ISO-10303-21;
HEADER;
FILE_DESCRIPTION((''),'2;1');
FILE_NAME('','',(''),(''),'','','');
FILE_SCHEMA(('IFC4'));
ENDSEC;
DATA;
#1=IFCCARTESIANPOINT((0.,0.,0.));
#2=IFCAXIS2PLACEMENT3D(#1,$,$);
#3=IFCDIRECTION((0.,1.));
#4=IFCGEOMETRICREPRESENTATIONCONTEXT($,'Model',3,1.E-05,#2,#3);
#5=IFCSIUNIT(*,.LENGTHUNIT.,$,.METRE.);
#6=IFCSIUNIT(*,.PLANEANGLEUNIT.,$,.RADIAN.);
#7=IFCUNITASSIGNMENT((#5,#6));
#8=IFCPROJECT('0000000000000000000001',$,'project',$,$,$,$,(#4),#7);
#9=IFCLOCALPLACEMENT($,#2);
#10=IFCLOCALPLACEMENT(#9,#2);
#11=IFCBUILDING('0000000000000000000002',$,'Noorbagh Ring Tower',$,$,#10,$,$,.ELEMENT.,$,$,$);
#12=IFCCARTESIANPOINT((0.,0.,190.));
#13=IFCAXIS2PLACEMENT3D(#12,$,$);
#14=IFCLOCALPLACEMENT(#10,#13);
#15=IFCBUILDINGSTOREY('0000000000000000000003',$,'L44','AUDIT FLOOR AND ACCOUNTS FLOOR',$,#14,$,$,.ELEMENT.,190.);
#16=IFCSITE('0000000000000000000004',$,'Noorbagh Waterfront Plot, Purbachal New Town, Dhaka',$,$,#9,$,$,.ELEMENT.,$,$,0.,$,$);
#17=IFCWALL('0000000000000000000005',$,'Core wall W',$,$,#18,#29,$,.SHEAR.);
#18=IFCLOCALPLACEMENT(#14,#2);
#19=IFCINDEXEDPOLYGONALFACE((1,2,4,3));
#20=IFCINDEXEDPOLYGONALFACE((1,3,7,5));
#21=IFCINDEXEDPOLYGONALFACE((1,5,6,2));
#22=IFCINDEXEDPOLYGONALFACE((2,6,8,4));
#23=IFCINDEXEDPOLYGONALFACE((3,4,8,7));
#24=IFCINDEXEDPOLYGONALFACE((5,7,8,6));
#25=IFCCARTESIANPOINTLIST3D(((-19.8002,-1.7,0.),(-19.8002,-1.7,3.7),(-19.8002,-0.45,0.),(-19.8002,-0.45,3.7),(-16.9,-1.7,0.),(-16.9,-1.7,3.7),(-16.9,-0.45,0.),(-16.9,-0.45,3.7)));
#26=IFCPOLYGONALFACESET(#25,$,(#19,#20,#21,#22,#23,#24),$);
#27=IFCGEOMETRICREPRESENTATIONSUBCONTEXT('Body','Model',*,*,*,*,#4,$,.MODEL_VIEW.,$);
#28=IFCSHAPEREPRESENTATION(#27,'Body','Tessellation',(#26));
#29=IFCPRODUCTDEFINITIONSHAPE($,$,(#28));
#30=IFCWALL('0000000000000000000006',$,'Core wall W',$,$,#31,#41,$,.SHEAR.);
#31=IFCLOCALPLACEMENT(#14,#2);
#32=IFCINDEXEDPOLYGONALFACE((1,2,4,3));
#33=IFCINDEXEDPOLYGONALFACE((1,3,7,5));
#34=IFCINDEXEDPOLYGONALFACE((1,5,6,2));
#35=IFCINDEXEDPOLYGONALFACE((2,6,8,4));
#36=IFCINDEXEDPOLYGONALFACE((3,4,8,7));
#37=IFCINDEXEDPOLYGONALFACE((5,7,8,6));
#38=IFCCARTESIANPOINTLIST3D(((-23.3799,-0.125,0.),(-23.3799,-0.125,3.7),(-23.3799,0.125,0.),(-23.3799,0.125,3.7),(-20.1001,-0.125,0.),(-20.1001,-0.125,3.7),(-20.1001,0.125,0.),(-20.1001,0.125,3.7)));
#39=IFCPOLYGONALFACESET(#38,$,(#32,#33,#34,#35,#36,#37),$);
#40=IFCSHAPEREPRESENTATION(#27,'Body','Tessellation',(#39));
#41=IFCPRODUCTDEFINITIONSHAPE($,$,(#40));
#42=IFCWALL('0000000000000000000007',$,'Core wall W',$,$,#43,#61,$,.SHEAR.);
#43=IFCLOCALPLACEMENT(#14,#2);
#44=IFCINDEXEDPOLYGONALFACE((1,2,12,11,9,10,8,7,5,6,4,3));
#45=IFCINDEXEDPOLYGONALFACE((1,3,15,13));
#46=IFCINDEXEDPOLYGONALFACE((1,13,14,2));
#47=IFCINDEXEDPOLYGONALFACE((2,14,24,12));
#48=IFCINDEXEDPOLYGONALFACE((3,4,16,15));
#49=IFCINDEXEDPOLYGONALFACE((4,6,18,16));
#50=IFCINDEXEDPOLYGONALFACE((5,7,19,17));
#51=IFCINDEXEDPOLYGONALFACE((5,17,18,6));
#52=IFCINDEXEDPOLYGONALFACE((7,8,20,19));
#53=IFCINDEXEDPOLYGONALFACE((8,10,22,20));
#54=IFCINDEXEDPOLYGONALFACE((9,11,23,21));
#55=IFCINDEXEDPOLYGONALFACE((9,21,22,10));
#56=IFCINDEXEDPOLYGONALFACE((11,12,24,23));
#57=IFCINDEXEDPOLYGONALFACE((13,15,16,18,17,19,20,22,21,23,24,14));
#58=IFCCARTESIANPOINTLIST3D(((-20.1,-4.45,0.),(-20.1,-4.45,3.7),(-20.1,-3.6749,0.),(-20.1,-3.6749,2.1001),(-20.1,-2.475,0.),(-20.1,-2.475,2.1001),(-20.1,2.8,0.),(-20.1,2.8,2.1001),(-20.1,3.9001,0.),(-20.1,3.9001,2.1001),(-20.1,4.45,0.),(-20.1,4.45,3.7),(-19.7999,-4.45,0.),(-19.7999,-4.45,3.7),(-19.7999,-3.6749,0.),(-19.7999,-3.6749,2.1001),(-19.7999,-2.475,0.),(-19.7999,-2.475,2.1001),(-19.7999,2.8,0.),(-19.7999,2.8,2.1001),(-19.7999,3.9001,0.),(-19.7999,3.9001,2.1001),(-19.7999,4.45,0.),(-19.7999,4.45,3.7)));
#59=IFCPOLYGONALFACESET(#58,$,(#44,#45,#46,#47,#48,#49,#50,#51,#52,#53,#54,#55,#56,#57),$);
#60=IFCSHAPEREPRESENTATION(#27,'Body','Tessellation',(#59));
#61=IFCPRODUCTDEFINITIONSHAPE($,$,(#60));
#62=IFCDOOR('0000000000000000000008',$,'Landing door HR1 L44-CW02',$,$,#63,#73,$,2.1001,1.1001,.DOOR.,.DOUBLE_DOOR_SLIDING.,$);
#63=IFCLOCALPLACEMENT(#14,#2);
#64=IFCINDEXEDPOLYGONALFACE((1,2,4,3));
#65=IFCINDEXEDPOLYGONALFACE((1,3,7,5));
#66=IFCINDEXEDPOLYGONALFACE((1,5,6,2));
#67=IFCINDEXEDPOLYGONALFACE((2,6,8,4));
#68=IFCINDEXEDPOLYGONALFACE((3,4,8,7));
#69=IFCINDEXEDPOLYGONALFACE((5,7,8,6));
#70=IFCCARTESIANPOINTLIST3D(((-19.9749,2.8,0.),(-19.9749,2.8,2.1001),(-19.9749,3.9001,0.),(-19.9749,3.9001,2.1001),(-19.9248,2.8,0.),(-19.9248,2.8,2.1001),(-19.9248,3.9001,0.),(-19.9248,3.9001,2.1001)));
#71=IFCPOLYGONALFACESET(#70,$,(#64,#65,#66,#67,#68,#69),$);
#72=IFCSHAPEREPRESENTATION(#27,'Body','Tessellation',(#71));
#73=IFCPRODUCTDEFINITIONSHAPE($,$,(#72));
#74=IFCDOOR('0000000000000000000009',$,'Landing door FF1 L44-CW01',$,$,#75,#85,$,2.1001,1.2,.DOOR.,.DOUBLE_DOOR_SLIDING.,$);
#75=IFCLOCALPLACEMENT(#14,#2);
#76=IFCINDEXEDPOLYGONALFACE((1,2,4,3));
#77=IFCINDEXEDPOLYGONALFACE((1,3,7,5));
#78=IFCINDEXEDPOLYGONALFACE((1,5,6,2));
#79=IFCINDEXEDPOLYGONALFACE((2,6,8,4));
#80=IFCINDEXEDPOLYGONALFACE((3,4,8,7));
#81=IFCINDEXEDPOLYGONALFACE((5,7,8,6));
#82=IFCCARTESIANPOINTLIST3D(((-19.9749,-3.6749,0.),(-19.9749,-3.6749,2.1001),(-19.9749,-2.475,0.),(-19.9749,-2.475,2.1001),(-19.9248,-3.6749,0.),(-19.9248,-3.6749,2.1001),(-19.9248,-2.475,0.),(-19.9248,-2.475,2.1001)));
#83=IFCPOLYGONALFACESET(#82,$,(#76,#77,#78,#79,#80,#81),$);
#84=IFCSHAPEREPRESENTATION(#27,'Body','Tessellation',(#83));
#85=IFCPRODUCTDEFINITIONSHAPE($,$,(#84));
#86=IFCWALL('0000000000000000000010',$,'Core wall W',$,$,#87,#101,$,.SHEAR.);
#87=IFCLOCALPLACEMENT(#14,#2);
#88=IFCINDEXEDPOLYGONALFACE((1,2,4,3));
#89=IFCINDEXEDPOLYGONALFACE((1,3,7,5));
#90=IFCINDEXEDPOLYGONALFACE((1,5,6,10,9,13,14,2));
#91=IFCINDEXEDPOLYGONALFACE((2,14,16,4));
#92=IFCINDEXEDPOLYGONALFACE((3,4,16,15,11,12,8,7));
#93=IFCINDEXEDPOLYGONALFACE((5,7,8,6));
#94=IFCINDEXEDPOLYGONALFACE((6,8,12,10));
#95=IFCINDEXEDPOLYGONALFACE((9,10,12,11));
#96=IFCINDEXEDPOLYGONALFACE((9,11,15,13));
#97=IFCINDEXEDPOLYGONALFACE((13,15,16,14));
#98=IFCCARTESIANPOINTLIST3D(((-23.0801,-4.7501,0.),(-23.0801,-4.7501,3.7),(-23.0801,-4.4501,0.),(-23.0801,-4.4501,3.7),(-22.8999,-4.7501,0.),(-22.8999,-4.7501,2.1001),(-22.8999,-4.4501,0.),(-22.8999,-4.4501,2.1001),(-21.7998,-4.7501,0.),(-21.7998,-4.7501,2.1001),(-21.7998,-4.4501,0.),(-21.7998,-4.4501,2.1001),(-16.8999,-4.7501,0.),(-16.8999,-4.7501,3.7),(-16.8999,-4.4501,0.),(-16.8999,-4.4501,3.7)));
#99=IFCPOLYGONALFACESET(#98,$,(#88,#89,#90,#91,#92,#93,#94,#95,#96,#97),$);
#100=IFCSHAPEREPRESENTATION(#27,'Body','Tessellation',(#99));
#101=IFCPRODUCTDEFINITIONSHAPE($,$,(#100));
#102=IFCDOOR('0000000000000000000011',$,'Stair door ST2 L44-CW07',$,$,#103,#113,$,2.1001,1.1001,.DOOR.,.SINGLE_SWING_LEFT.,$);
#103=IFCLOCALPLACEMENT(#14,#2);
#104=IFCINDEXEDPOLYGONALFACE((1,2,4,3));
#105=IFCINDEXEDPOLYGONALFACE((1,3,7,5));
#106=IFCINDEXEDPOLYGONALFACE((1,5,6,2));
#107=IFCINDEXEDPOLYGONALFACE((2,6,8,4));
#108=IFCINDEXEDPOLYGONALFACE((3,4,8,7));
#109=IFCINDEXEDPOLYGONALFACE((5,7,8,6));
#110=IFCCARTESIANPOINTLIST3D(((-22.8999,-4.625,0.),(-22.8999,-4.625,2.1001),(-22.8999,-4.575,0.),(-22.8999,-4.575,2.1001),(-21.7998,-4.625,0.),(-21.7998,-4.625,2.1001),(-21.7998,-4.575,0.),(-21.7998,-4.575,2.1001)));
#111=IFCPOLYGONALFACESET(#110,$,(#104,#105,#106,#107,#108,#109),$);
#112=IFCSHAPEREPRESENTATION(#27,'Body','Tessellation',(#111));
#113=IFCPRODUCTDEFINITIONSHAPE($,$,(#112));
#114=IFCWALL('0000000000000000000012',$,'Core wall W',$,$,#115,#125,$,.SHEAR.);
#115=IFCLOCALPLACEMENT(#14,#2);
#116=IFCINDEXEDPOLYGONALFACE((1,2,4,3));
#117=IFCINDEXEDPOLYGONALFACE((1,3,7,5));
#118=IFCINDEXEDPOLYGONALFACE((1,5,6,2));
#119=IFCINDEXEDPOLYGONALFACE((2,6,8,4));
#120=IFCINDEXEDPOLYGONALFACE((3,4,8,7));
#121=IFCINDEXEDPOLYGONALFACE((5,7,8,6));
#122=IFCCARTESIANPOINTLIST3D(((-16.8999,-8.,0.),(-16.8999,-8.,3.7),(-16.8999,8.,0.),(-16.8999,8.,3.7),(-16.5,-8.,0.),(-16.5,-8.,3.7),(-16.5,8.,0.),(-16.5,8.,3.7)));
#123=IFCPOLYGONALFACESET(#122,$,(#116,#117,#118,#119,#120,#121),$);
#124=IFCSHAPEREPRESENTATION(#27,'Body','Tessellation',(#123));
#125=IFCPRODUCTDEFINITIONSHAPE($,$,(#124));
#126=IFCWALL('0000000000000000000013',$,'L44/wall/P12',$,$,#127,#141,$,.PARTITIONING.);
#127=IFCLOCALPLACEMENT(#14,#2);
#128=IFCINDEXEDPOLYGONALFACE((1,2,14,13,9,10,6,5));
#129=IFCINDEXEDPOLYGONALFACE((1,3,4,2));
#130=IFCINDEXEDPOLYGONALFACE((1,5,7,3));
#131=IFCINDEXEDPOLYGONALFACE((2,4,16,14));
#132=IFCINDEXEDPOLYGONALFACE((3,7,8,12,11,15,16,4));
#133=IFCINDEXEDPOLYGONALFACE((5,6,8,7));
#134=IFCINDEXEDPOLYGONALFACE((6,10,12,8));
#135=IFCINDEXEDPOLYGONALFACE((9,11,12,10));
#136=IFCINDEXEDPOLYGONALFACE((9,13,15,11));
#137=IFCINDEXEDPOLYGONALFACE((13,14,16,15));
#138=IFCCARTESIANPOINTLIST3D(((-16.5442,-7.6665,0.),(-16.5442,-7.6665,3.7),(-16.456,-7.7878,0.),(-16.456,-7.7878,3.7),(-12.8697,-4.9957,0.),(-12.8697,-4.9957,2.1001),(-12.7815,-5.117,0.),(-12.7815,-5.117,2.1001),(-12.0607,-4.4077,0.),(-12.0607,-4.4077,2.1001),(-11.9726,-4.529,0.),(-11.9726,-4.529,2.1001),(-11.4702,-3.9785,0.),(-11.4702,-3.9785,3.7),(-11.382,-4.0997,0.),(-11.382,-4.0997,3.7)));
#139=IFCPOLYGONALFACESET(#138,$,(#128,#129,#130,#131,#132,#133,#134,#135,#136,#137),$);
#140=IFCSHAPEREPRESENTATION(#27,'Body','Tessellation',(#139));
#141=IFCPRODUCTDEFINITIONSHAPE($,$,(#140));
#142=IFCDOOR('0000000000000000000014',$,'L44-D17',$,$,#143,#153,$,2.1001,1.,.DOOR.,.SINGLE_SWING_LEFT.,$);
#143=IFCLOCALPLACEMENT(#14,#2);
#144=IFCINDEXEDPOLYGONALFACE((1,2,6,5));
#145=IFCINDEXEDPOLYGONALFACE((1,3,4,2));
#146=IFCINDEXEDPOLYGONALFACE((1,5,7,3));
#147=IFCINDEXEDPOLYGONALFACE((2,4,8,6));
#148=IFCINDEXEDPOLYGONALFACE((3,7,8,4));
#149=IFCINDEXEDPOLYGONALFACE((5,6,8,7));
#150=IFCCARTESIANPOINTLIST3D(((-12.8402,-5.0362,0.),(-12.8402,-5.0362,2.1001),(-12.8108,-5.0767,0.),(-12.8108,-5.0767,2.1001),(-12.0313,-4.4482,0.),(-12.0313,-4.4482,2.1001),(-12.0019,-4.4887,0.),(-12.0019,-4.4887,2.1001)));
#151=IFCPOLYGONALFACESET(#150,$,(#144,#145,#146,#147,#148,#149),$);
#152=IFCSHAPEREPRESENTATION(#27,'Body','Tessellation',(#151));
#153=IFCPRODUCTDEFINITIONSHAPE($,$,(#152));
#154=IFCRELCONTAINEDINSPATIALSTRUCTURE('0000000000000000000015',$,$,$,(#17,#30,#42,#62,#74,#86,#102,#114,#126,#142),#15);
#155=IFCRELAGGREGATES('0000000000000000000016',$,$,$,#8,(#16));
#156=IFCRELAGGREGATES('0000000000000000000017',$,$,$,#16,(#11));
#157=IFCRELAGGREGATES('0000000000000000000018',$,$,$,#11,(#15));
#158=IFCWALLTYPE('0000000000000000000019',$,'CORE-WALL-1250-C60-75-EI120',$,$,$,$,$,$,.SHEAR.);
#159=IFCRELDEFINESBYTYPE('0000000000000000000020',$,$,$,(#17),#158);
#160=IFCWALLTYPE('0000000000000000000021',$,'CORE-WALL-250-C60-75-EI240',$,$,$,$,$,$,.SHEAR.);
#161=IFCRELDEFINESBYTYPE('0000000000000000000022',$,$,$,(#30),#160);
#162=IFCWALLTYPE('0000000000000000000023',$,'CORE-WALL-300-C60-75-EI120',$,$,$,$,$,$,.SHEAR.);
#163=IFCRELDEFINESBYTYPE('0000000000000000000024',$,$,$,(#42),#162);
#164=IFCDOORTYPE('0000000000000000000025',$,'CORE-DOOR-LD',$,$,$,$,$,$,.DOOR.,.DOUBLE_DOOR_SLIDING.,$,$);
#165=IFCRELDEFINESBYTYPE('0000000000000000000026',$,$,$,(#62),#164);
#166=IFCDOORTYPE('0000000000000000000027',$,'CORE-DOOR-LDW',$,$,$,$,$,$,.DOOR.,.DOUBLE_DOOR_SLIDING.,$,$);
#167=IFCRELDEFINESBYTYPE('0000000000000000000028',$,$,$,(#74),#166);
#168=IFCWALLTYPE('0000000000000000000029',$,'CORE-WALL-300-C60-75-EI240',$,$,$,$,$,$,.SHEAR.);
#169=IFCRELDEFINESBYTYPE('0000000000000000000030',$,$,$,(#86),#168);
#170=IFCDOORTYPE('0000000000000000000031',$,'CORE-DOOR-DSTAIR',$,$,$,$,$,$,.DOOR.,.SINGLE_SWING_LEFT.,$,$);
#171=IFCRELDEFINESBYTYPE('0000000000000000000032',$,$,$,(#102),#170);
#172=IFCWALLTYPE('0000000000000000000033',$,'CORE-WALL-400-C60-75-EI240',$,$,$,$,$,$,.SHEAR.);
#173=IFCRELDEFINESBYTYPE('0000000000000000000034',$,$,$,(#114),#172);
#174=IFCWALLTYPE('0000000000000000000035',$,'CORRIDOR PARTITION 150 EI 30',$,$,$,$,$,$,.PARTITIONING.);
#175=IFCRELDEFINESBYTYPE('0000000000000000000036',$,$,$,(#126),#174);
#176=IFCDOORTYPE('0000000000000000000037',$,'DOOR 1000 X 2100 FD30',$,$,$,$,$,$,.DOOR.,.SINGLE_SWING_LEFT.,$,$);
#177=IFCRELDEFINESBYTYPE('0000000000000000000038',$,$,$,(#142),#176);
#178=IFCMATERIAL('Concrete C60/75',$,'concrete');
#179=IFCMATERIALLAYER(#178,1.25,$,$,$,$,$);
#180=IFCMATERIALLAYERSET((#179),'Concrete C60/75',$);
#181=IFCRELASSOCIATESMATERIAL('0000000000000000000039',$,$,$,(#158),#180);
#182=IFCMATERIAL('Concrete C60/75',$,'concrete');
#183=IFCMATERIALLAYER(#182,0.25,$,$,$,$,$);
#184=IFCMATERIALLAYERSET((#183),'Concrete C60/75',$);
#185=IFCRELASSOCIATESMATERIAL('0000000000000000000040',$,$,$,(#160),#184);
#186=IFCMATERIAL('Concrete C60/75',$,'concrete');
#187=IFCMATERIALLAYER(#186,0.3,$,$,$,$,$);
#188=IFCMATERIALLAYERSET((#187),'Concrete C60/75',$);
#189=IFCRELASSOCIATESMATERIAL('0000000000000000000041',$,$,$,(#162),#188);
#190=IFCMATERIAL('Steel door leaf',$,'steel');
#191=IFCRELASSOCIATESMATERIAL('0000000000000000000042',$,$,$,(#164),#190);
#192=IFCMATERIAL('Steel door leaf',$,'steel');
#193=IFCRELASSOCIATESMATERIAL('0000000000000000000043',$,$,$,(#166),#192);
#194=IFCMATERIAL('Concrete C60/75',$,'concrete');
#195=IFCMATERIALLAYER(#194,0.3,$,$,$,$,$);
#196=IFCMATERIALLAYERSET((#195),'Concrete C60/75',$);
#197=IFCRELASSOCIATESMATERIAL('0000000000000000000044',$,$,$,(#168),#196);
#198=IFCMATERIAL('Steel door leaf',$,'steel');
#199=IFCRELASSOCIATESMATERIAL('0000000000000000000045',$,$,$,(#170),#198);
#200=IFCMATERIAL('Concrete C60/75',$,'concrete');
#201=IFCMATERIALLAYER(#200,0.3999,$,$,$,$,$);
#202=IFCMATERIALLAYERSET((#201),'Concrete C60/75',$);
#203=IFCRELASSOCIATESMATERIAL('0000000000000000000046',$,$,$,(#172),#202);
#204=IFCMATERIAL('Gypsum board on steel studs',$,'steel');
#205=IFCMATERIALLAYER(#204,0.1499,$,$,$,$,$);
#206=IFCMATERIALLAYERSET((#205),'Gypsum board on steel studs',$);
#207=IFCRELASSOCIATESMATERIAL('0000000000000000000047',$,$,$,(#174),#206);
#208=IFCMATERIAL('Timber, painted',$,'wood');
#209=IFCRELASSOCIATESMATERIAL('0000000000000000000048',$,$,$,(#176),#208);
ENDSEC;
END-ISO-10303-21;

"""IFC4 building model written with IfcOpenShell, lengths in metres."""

from ifc_helpers import new_model, si_unit, direction, frame, frame_2d, origin, place, context, subcontext, project, spatial, rectangle, extrude, material, layer, layer_set, type_object, element, fill, save


model = new_model("IFC4")

# Units and contexts
model_context = context("Model", 3, precision=1e-05, world=origin(), true_north=direction((0.0, 1.0)))
body_context = subcontext(model_context, "Body", "Model", "MODEL_VIEW")
ifc_project = project(units=[si_unit("LENGTHUNIT", "METRE"), si_unit("PLANEANGLEUNIT", "RADIAN")], contexts=[model_context])

# Site, building, storey
site_placement = place(None, origin())
site = spatial("IfcSite", under=ifc_project, at=site_placement, Name="Noorbagh Waterfront Plot, Purbachal New Town, Dhaka", CompositionType="ELEMENT", RefElevation=0.0)
building_placement = place(site_placement, origin())
building = spatial("IfcBuilding", under=site, at=building_placement, Name="Noorbagh Ring Tower", CompositionType="ELEMENT")
storey_placement = place(building_placement, frame((0.0, 0.0, 190.0)))
storey = spatial("IfcBuildingStorey", under=building, at=storey_placement, Name="L44", Description="AUDIT FLOOR AND ACCOUNTS FLOOR", CompositionType="ELEMENT", Elevation=190.0)

# Walls
ifc_material_1 = material(Name="Concrete C60/75", Category="concrete")
ifc_layer_1 = layer(ifc_material_1, 1.25)
ifc_layer_set_1 = layer_set([ifc_layer_1], Name="Concrete C60/75")
wall_type_1 = type_object("IfcWallType", Name="CORE-WALL-1250-C60-75-EI120", PredefinedType="SHEAR", material=ifc_layer_set_1)
wall_1_placement = place(storey_placement, frame((-16.8999, -1.075, 0.0), z_axis=(0.0, 0.0, 1.0), x_axis=(-1.0, 0.0, 0.0)))
element("IfcWall", 1, at=wall_1_placement, inside=storey, type_object=wall_type_1, Name="Core wall W", PredefinedType="SHEAR", context=body_context, shape_type="SweptSolid", body=[
    extrude(rectangle(XDim=2.9001, YDim=1.25, at=frame_2d((1.4502, 0.0))), origin(), (0.0, 0.0, 1.0), 3.7),
])
ifc_material_2 = material(Name="Concrete C60/75", Category="concrete")
ifc_layer_2 = layer(ifc_material_2, 0.25)
ifc_layer_set_2 = layer_set([ifc_layer_2], Name="Concrete C60/75")
wall_type_2 = type_object("IfcWallType", Name="CORE-WALL-250-C60-75-EI240", PredefinedType="SHEAR", material=ifc_layer_set_2)
wall_2_placement = place(storey_placement, frame((-20.1001, 0.0, 0.0), z_axis=(0.0, 0.0, 1.0), x_axis=(-1.0, 0.0, 0.0)))
element("IfcWall", 2, at=wall_2_placement, inside=storey, type_object=wall_type_2, Name="Core wall W", PredefinedType="SHEAR", context=body_context, shape_type="SweptSolid", body=[
    extrude(rectangle(XDim=3.2798, YDim=0.25, at=frame_2d((1.6399, 0.0))), origin(), (0.0, 0.0, 1.0), 3.7),
])

# Wall, openings, doors
ifc_material_3 = material(Name="Concrete C60/75", Category="concrete")
ifc_layer_3 = layer(ifc_material_3, 0.3)
ifc_layer_set_3 = layer_set([ifc_layer_3], Name="Concrete C60/75")
wall_type_3 = type_object("IfcWallType", Name="CORE-WALL-300-C60-75-EI120", PredefinedType="SHEAR", material=ifc_layer_set_3)
wall_3_placement = place(storey_placement, frame((-19.95, -4.45, 0.0), z_axis=(0.0, 0.0, 1.0), x_axis=(0.0, 1.0, 0.0)))
wall_3 = element("IfcWall", 3, at=wall_3_placement, inside=storey, type_object=wall_type_3, Name="Core wall W", PredefinedType="SHEAR", context=body_context, shape_type="SweptSolid", body=[
    extrude(rectangle(XDim=8.8999, YDim=0.3, at=frame_2d((4.45, 0.0))), origin(), (0.0, 0.0, 1.0), 3.7),
])
opening_1_placement = place(wall_3_placement, frame((0.7749, 0.0, 0.0)))
opening_1 = element("IfcOpeningElement", 4, at=opening_1_placement, cuts=wall_3, PredefinedType="OPENING", context=body_context, shape_type="SweptSolid", body=[
    extrude(rectangle(XDim=1.2, YDim=2.1001, at=frame_2d((0.6001, 1.05))), frame((0.0, 0.1602, 0.0), z_axis=(0.0, -1.0, 0.0), x_axis=(1.0, 0.0, 0.0)), (0.0, 0.0, 1.0), 0.3201),
])
opening_2_placement = place(wall_3_placement, frame((7.25, 0.0, 0.0)))
opening_2 = element("IfcOpeningElement", 5, at=opening_2_placement, cuts=wall_3, PredefinedType="OPENING", context=body_context, shape_type="SweptSolid", body=[
    extrude(rectangle(XDim=1.1001, YDim=2.1001, at=frame_2d((0.55, 1.05))), frame((0.0, 0.1602, 0.0), z_axis=(0.0, -1.0, 0.0), x_axis=(1.0, 0.0, 0.0)), (0.0, 0.0, 1.0), 0.3201),
])
ifc_material_4 = material(Name="Steel door leaf", Category="steel")
door_type_1 = type_object("IfcDoorType", Name="CORE-DOOR-LD", OperationType="DOUBLE_DOOR_SLIDING", PredefinedType="DOOR", material=ifc_material_4)
door_1_placement = place(opening_2_placement, origin())
door_1 = element("IfcDoor", 6, at=door_1_placement, inside=storey, type_object=door_type_1, Name="Landing door HR1 L44-CW02", OperationType="DOUBLE_DOOR_SLIDING", OverallHeight=2.1001, OverallWidth=1.1001, PredefinedType="DOOR", context=body_context, shape_type="SweptSolid", body=[
    extrude(rectangle(XDim=1.1001, YDim=2.1001, at=frame_2d((0.55, 1.05))), frame((0.0, 0.0249, 0.0), z_axis=(0.0, -1.0, 0.0), x_axis=(1.0, 0.0, 0.0)), (0.0, 0.0, 1.0), 0.05),
])
fill(opening_2, door_1)
ifc_material_5 = material(Name="Steel door leaf", Category="steel")
door_type_2 = type_object("IfcDoorType", Name="CORE-DOOR-LDW", OperationType="DOUBLE_DOOR_SLIDING", PredefinedType="DOOR", material=ifc_material_5)
door_2_placement = place(opening_1_placement, origin())
door_2 = element("IfcDoor", 7, at=door_2_placement, inside=storey, type_object=door_type_2, Name="Landing door FF1 L44-CW01", OperationType="DOUBLE_DOOR_SLIDING", OverallHeight=2.1001, OverallWidth=1.2, PredefinedType="DOOR", context=body_context, shape_type="SweptSolid", body=[
    extrude(rectangle(XDim=1.2, YDim=2.1001, at=frame_2d((0.6001, 1.05))), frame((0.0, 0.0249, 0.0), z_axis=(0.0, -1.0, 0.0), x_axis=(1.0, 0.0, 0.0)), (0.0, 0.0, 1.0), 0.05),
])
fill(opening_1, door_2)

# Wall, opening, door
ifc_material_6 = material(Name="Concrete C60/75", Category="concrete")
ifc_layer_4 = layer(ifc_material_6, 0.3)
ifc_layer_set_4 = layer_set([ifc_layer_4], Name="Concrete C60/75")
wall_type_4 = type_object("IfcWallType", Name="CORE-WALL-300-C60-75-EI240", PredefinedType="SHEAR", material=ifc_layer_set_4)
wall_4_placement = place(storey_placement, frame((-16.8999, -4.6001, 0.0), z_axis=(0.0, 0.0, 1.0), x_axis=(-1.0, 0.0, 0.0)))
wall_4 = element("IfcWall", 8, at=wall_4_placement, inside=storey, type_object=wall_type_4, Name="Core wall W", PredefinedType="SHEAR", context=body_context, shape_type="SweptSolid", body=[
    extrude(rectangle(XDim=6.1802, YDim=0.3, at=frame_2d((3.0901, 0.0))), origin(), (0.0, 0.0, 1.0), 3.7),
])
opening_3_placement = place(wall_4_placement, frame((4.8999, 0.0, 0.0)))
opening_3 = element("IfcOpeningElement", 9, at=opening_3_placement, cuts=wall_4, PredefinedType="OPENING", context=body_context, shape_type="SweptSolid", body=[
    extrude(rectangle(XDim=1.1001, YDim=2.1001, at=frame_2d((0.55, 1.05))), frame((0.0, 0.1602, 0.0), z_axis=(0.0, -1.0, 0.0), x_axis=(1.0, 0.0, 0.0)), (0.0, 0.0, 1.0), 0.3201),
])
ifc_material_7 = material(Name="Steel door leaf", Category="steel")
door_type_3 = type_object("IfcDoorType", Name="CORE-DOOR-DSTAIR", OperationType="SINGLE_SWING_LEFT", PredefinedType="DOOR", material=ifc_material_7)
door_3_placement = place(opening_3_placement, origin())
door_3 = element("IfcDoor", 10, at=door_3_placement, inside=storey, type_object=door_type_3, Name="Stair door ST2 L44-CW07", OperationType="SINGLE_SWING_LEFT", OverallHeight=2.1001, OverallWidth=1.1001, PredefinedType="DOOR", context=body_context, shape_type="SweptSolid", body=[
    extrude(rectangle(XDim=1.1001, YDim=2.1001, at=frame_2d((0.55, 1.05))), frame((0.0, 0.0249, 0.0), z_axis=(0.0, -1.0, 0.0), x_axis=(1.0, 0.0, 0.0)), (0.0, 0.0, 1.0), 0.05),
])
fill(opening_3, door_3)

# Wall
ifc_material_8 = material(Name="Concrete C60/75", Category="concrete")
ifc_layer_5 = layer(ifc_material_8, 0.3999)
ifc_layer_set_5 = layer_set([ifc_layer_5], Name="Concrete C60/75")
wall_type_5 = type_object("IfcWallType", Name="CORE-WALL-400-C60-75-EI240", PredefinedType="SHEAR", material=ifc_layer_set_5)
wall_5_placement = place(storey_placement, frame((-16.7, -8.0, 0.0), z_axis=(0.0, 0.0, 1.0), x_axis=(0.0, 1.0, 0.0)))
element("IfcWall", 11, at=wall_5_placement, inside=storey, type_object=wall_type_5, Name="Core wall W", PredefinedType="SHEAR", context=body_context, shape_type="SweptSolid", body=[
    extrude(rectangle(XDim=16.0, YDim=0.3999, at=frame_2d((8.0, 0.0))), origin(), (0.0, 0.0, 1.0), 3.7),
])

# Wall, opening, door
ifc_material_9 = material(Name="Gypsum board on steel studs", Category="steel")
ifc_layer_6 = layer(ifc_material_9, 0.1499)
ifc_layer_set_6 = layer_set([ifc_layer_6], Name="Gypsum board on steel studs")
wall_type_6 = type_object("IfcWallType", Name="CORRIDOR PARTITION 150 EI 30", PredefinedType="PARTITIONING", material=ifc_layer_set_6)
wall_6_placement = place(storey_placement, frame((-16.5, -7.7271, 0.0), z_axis=(0.0, 0.0, 1.0), x_axis=(0.808901, 0.587945, 0.0)))
wall_6 = element("IfcWall", 12, at=wall_6_placement, inside=storey, type_object=wall_type_6, Name="L44/wall/P12", PredefinedType="PARTITIONING", context=body_context, shape_type="SweptSolid", body=[
    extrude(rectangle(XDim=6.2727, YDim=0.1499, at=frame_2d((3.1362, 0.0))), origin(), (0.0, 0.0, 1.0), 3.7),
])
opening_4_placement = place(wall_6_placement, frame((4.5425, 0.0, 0.0)))
opening_4 = element("IfcOpeningElement", 13, at=opening_4_placement, cuts=wall_6, PredefinedType="OPENING", context=body_context, shape_type="SweptSolid", body=[
    extrude(rectangle(XDim=1.0, YDim=2.1001, at=frame_2d((0.5, 1.05))), frame((0.0, 0.085, 0.0), z_axis=(0.0, -1.0, 0.0), x_axis=(1.0, 0.0, 0.0)), (0.0, 0.0, 1.0), 0.1699),
])
ifc_material_10 = material(Name="Timber, painted", Category="wood")
door_type_4 = type_object("IfcDoorType", Name="DOOR 1000 X 2100 FD30", OperationType="SINGLE_SWING_LEFT", PredefinedType="DOOR", material=ifc_material_10)
door_4_placement = place(opening_4_placement, origin())
door_4 = element("IfcDoor", 14, at=door_4_placement, inside=storey, type_object=door_type_4, Name="L44-D17", OperationType="SINGLE_SWING_LEFT", OverallHeight=2.1001, OverallWidth=1.0, PredefinedType="DOOR", context=body_context, shape_type="SweptSolid", body=[
    extrude(rectangle(XDim=1.0, YDim=2.1001, at=frame_2d((0.5, 1.05))), frame((0.0, 0.0249, 0.0), z_axis=(0.0, -1.0, 0.0), x_axis=(1.0, 0.0, 0.0)), (0.0, 0.0, 1.0), 0.05),
])
fill(opening_4, door_4)

save(model, "model.ifc")
